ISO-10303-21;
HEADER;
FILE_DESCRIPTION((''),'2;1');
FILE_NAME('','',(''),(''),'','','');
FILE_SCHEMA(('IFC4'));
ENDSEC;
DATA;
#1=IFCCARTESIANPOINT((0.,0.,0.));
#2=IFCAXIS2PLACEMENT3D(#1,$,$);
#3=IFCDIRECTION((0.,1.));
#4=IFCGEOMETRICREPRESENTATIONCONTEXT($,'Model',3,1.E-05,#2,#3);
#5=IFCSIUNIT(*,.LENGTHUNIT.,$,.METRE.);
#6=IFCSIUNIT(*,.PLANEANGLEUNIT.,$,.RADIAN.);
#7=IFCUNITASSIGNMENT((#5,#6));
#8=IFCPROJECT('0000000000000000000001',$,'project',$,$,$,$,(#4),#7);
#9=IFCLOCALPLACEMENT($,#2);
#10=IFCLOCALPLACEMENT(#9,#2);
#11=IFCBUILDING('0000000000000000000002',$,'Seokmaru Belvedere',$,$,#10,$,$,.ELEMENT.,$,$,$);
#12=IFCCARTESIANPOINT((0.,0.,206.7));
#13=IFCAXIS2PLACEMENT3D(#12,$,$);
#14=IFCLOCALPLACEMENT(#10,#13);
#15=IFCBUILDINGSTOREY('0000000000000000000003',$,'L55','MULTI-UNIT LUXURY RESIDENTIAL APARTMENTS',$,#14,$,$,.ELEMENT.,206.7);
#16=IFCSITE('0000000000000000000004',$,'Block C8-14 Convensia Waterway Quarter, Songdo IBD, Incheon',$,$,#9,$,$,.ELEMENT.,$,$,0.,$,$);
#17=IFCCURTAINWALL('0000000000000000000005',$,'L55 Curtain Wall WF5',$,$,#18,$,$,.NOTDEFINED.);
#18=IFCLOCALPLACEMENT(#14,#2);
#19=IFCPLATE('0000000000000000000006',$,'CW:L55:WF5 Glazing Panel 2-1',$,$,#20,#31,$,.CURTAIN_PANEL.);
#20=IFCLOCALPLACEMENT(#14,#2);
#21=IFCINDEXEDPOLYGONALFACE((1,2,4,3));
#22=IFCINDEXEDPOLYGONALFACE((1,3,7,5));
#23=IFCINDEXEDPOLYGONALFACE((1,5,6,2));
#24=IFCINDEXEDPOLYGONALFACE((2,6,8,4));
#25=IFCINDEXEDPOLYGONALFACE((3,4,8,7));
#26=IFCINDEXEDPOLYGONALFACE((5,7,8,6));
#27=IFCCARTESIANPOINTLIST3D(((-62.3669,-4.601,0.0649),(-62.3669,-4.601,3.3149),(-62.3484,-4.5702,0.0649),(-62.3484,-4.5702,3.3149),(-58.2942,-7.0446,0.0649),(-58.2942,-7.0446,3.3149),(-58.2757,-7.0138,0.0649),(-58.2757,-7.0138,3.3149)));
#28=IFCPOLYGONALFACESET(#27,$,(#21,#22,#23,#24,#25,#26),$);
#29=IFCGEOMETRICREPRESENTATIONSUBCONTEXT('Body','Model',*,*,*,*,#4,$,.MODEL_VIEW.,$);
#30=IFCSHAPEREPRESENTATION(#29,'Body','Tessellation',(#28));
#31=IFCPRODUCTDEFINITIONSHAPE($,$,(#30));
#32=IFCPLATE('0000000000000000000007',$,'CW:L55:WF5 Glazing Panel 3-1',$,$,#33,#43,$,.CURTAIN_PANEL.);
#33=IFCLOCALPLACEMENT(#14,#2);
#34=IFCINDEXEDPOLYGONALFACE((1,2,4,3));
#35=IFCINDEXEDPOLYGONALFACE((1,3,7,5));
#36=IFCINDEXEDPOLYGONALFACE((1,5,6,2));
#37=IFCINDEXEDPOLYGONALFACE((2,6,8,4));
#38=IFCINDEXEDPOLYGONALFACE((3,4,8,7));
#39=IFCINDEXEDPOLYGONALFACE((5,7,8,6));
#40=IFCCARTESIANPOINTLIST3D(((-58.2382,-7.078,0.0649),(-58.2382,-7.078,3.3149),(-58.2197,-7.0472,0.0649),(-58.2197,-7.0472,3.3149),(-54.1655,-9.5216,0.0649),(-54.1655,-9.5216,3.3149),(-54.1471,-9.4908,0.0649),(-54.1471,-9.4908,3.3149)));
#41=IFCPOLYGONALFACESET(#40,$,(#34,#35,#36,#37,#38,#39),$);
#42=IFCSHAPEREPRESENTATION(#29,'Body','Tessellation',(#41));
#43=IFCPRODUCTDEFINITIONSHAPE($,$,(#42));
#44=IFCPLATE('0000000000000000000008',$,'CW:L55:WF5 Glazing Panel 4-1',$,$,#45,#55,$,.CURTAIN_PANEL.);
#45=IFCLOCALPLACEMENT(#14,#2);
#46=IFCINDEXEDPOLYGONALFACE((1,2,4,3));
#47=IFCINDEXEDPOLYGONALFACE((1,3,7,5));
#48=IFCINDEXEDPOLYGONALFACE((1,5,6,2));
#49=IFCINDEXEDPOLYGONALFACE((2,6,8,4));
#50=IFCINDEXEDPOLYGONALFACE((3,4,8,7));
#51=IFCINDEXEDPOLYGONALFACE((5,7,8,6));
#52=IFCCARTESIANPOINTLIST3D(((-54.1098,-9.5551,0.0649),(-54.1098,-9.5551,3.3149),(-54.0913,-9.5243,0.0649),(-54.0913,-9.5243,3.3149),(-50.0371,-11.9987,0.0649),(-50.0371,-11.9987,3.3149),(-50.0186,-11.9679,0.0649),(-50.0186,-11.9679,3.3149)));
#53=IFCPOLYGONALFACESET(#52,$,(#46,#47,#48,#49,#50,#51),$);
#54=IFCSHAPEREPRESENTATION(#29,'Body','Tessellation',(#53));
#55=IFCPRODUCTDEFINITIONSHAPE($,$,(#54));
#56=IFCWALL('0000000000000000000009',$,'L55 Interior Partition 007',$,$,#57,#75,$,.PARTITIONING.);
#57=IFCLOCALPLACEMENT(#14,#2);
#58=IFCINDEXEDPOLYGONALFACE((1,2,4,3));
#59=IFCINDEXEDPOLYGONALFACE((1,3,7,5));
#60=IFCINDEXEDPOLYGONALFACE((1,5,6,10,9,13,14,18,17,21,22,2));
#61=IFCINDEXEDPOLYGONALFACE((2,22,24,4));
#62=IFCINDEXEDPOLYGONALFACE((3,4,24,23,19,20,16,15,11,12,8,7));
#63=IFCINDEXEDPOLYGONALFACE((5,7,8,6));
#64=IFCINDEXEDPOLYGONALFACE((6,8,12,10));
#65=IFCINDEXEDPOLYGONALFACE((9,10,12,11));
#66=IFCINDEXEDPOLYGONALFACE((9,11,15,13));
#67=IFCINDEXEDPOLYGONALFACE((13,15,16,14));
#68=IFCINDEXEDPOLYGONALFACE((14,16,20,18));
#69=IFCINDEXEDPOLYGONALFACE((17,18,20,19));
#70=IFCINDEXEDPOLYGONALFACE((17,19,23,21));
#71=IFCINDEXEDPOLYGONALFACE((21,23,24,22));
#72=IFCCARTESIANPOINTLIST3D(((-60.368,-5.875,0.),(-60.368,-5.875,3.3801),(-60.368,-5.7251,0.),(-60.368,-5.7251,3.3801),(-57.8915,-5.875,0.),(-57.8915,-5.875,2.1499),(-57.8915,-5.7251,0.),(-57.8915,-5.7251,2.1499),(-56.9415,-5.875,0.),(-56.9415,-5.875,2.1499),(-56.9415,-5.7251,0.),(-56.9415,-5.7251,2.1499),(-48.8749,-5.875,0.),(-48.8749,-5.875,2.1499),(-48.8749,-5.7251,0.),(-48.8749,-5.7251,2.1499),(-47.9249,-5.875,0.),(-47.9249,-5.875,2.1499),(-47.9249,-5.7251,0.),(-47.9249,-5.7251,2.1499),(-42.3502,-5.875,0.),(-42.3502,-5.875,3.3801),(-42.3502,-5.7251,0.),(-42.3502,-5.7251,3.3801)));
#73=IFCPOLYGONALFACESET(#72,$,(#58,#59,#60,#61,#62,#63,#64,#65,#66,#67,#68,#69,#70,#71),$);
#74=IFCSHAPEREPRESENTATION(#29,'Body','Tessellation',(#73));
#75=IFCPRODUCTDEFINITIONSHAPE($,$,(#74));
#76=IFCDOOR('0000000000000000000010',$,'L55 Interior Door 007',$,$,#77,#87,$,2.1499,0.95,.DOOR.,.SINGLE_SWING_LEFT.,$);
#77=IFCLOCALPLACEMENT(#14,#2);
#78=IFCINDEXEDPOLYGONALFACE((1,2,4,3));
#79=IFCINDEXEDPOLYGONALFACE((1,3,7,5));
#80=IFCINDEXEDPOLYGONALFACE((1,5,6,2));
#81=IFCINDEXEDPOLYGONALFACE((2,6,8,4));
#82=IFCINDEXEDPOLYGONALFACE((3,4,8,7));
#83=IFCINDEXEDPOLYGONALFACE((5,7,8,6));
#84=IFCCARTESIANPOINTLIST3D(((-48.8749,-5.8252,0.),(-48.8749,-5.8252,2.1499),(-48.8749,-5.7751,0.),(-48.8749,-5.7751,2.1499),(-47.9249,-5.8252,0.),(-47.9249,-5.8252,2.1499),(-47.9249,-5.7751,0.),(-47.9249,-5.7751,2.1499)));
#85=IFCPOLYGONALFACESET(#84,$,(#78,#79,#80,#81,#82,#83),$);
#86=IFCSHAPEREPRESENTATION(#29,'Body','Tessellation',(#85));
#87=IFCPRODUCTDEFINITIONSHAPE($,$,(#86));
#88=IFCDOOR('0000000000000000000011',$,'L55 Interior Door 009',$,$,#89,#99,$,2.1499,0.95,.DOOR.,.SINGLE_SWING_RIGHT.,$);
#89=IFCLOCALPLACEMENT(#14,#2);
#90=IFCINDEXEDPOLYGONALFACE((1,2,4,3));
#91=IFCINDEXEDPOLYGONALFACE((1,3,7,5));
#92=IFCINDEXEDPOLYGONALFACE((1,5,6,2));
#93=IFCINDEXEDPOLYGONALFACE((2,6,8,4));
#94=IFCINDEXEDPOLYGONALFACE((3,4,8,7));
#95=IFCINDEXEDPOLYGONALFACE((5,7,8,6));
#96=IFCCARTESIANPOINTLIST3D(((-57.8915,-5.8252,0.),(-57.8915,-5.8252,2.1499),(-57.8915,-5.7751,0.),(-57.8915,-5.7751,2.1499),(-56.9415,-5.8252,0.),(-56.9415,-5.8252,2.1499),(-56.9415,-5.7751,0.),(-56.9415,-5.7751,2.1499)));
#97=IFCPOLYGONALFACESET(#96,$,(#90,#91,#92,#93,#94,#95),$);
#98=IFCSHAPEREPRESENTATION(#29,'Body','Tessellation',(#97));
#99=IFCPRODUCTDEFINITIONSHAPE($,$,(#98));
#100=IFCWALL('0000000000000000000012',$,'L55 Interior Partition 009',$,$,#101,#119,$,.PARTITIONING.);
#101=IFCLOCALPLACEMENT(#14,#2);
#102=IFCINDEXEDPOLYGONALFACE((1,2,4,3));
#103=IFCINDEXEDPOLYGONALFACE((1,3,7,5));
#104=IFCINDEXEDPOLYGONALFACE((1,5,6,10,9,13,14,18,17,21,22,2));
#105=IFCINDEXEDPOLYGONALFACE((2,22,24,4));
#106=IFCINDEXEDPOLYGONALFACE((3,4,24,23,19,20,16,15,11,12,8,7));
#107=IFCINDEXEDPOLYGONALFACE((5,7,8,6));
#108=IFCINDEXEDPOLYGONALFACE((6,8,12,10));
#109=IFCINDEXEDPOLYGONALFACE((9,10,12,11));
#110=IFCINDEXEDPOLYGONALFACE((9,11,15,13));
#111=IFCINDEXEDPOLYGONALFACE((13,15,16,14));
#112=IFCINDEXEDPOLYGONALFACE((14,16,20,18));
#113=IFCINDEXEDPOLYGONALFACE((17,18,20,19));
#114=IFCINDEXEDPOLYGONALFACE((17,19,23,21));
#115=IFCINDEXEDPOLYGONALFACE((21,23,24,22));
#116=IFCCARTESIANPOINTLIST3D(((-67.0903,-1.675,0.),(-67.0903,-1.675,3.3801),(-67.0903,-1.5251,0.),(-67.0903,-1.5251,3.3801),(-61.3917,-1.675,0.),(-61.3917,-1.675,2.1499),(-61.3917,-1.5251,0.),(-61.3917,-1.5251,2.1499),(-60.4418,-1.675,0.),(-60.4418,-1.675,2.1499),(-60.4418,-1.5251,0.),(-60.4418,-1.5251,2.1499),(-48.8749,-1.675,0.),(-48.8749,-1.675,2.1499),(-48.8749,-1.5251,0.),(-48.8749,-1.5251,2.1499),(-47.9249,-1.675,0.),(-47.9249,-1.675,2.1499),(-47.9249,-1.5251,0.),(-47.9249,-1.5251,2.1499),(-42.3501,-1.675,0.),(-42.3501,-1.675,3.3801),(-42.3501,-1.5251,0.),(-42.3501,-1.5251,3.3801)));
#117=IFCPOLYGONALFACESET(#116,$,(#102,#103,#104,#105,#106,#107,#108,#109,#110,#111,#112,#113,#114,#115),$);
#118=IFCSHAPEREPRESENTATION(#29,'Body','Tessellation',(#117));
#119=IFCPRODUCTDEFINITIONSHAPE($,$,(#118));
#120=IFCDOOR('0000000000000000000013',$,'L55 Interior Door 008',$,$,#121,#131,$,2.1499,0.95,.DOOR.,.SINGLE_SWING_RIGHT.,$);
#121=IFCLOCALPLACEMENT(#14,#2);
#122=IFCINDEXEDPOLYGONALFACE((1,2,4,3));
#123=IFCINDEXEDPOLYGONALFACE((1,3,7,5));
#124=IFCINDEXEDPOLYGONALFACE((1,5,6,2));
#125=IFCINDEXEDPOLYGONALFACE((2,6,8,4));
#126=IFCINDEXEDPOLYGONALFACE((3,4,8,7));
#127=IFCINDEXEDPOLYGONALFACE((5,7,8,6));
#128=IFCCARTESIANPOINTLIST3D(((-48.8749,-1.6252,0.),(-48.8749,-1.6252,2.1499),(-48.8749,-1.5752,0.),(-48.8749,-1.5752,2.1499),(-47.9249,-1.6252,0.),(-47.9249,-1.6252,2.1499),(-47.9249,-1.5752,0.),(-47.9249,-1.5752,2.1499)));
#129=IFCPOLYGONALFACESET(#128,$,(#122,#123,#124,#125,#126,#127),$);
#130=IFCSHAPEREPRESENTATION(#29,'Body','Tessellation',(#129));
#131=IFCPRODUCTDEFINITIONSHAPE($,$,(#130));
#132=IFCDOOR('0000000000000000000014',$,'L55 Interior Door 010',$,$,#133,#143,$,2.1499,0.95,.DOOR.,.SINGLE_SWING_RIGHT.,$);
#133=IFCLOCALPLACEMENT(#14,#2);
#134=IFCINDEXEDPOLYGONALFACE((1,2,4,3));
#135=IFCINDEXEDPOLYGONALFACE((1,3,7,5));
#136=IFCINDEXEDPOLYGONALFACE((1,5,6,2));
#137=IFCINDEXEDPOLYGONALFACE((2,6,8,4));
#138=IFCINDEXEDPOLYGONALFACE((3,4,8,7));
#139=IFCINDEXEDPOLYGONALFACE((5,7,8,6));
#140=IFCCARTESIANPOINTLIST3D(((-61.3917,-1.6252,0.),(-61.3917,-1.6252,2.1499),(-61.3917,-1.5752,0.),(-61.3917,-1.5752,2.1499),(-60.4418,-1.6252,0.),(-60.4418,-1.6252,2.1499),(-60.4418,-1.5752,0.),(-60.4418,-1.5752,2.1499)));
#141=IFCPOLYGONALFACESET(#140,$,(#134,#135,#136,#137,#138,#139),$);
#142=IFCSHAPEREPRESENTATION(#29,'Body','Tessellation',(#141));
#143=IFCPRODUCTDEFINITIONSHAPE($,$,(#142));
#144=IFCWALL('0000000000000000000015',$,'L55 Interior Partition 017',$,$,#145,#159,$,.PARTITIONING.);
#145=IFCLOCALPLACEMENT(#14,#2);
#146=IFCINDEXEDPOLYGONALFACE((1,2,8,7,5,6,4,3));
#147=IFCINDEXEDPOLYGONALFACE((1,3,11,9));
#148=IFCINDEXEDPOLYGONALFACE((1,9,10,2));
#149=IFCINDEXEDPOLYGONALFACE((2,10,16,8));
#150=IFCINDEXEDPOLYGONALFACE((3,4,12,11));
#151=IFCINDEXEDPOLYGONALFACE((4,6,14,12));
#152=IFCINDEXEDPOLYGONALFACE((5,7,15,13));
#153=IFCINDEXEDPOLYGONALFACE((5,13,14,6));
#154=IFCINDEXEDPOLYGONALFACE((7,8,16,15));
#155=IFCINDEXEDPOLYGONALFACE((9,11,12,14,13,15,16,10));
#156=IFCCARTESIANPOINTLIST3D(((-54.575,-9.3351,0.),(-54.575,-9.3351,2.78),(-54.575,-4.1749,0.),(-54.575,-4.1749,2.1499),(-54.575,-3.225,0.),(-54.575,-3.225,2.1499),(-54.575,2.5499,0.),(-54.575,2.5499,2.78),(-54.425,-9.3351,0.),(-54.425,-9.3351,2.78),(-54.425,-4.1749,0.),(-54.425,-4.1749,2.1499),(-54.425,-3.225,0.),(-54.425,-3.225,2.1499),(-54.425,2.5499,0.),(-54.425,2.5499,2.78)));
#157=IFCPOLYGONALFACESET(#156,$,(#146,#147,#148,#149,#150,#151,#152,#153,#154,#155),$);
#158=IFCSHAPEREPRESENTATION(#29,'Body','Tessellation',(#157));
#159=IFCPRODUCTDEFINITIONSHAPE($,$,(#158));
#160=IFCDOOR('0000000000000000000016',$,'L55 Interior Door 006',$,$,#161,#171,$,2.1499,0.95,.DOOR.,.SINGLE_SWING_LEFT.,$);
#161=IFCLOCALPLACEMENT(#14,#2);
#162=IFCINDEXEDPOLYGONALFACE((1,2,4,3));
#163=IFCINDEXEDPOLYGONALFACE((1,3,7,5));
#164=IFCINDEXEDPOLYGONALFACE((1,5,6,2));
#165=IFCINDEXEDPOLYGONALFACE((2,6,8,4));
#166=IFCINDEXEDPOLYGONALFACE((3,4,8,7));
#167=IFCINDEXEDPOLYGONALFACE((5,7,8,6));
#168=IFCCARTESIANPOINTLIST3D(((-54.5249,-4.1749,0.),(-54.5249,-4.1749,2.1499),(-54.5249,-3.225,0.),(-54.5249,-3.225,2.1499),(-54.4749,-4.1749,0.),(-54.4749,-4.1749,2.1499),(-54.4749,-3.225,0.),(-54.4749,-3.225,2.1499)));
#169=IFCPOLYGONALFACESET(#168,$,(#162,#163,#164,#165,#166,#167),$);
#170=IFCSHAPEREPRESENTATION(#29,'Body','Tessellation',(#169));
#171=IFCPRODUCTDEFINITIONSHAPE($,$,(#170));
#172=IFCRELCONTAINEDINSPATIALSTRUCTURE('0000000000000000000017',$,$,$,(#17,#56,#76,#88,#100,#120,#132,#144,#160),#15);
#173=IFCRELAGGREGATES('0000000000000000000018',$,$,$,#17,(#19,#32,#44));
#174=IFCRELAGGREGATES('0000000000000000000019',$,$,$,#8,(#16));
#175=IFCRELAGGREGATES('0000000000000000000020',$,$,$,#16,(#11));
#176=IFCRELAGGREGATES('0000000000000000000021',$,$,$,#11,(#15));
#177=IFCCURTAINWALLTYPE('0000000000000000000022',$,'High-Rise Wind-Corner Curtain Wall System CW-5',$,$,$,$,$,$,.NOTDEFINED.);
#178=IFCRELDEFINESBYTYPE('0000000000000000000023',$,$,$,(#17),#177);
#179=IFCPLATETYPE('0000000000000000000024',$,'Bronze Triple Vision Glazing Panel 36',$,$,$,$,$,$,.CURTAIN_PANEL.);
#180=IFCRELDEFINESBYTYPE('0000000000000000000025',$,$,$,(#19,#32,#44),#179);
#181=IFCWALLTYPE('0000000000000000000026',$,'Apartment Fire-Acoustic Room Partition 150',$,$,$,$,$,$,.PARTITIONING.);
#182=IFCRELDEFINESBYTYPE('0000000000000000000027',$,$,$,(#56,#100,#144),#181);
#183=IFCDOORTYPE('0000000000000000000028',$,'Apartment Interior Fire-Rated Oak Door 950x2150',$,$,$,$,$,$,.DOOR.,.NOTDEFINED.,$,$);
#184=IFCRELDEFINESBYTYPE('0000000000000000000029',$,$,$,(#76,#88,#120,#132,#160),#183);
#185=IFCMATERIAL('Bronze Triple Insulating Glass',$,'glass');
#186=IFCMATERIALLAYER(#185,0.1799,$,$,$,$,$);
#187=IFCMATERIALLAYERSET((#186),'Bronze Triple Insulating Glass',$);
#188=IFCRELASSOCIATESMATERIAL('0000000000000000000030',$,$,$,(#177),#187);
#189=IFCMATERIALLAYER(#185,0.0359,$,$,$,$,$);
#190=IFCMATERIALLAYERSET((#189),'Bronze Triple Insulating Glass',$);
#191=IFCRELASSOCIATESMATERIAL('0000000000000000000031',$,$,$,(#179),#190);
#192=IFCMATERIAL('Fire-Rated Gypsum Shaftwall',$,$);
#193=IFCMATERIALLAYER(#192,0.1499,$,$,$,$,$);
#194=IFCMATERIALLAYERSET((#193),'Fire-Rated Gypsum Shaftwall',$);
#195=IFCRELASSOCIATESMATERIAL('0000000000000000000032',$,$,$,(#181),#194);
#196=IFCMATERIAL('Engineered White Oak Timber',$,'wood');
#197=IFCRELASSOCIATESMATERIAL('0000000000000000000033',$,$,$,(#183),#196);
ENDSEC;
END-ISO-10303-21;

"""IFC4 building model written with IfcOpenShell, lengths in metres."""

from ifc_helpers import new_model, si_unit, direction, frame, frame_2d, origin, origin_2d, place, context, subcontext, project, spatial, rectangle, extrude, source, transform, mapped, material, layer, layer_set, type_object, type_shapes, element, fill, aggregate, save


model = new_model("IFC4")

# Units and contexts
model_context = context("Model", 3, precision=1e-05, world=origin(), true_north=direction((0.0, 1.0)))
body_context = subcontext(model_context, "Body", "Model", "MODEL_VIEW")
ifc_project = project(units=[si_unit("LENGTHUNIT", "METRE"), si_unit("PLANEANGLEUNIT", "RADIAN")], contexts=[model_context])

# Site, building, storey
site_placement = place(None, origin())
site = spatial("IfcSite", under=ifc_project, at=site_placement, Name="Block C8-14 Convensia Waterway Quarter, Songdo IBD, Incheon", CompositionType="ELEMENT", RefElevation=0.0)
building_placement = place(site_placement, origin())
building = spatial("IfcBuilding", under=site, at=building_placement, Name="Seokmaru Belvedere", CompositionType="ELEMENT")
storey_placement = place(building_placement, frame((0.0, 0.0, 206.7)))
storey = spatial("IfcBuildingStorey", under=building, at=storey_placement, Name="L55", Description="MULTI-UNIT LUXURY RESIDENTIAL APARTMENTS", CompositionType="ELEMENT", Elevation=206.7)

# Curtain wall, plates
ifc_material_1 = material(Name="Bronze Triple Insulating Glass", Category="glass")
ifc_layer_1 = layer(ifc_material_1, 0.1799)
ifc_layer_set_1 = layer_set([ifc_layer_1], Name="Bronze Triple Insulating Glass")
curtain_wall_type = type_object("IfcCurtainWallType", Name="High-Rise Wind-Corner Curtain Wall System CW-5", PredefinedType="NOTDEFINED", material=ifc_layer_set_1)
curtain_wall_placement = place(storey_placement, origin())
curtain_wall = element("IfcCurtainWall", 1, at=curtain_wall_placement, inside=storey, type_object=curtain_wall_type, Name="L55 Curtain Wall WF5", PredefinedType="NOTDEFINED")
ifc_layer_2 = layer(ifc_material_1, 0.0359)
ifc_layer_set_2 = layer_set([ifc_layer_2], Name="Bronze Triple Insulating Glass")
plate_type = type_object("IfcPlateType", Name="Bronze Triple Vision Glazing Panel 36", PredefinedType="CURTAIN_PANEL", material=ifc_layer_set_2)
shared_shape_1 = source(origin(), body_context, "Body", "SweptSolid", [
    extrude(rectangle(XDim=4.7495, YDim=0.0359, at=origin_2d()), origin(), (0.0, 0.0, 1.0), 3.25),
])
plate_1_placement = place(storey_placement, frame((-60.3213, -5.8074, 0.0649), z_axis=(0.0, 0.0, 1.0), x_axis=(0.857493, -0.514495, 0.0)))
plate_1 = element("IfcPlate", 2, at=plate_1_placement, type_object=plate_type, Name="CW:L55:WF5 Glazing Panel 2-1", PredefinedType="CURTAIN_PANEL", context=body_context, shape_type="MappedRepresentation", body=[
    mapped(shared_shape_1, transform((0.0, 0.0, 0.0), scale=1.0)),
])
plate_2_placement = place(storey_placement, frame((-56.1926, -8.2844, 0.0649), z_axis=(0.0, 0.0, 1.0), x_axis=(0.857493, -0.514495, 0.0)))
plate_2 = element("IfcPlate", 3, at=plate_2_placement, type_object=plate_type, Name="CW:L55:WF5 Glazing Panel 3-1", PredefinedType="CURTAIN_PANEL", context=body_context, shape_type="MappedRepresentation", body=[
    mapped(shared_shape_1, transform((0.0, 0.0, 0.0), scale=1.0)),
])
plate_3_placement = place(storey_placement, frame((-52.0642, -10.7615, 0.0649), z_axis=(0.0, 0.0, 1.0), x_axis=(0.857493, -0.514495, 0.0)))
plate_3 = element("IfcPlate", 4, at=plate_3_placement, type_object=plate_type, Name="CW:L55:WF5 Glazing Panel 4-1", PredefinedType="CURTAIN_PANEL", context=body_context, shape_type="MappedRepresentation", body=[
    mapped(shared_shape_1, transform((0.0, 0.0, 0.0), scale=1.0)),
])
aggregate(curtain_wall, [plate_1, plate_2, plate_3])

# Walls, openings, doors
ifc_material_2 = material(Name="Fire-Rated Gypsum Shaftwall")
ifc_layer_3 = layer(ifc_material_2, 0.1499)
ifc_layer_set_3 = layer_set([ifc_layer_3], Name="Fire-Rated Gypsum Shaftwall")
wall_type_1 = type_object("IfcWallType", Name="Apartment Fire-Acoustic Room Partition 150", PredefinedType="PARTITIONING", material=ifc_layer_set_3)
wall_1_placement = place(storey_placement, frame((-60.3679, -5.8, 0.0), z_axis=(0.0, 0.0, 1.0), x_axis=(1.0, 0.0, 0.0)))
wall_1 = element("IfcWall", 5, at=wall_1_placement, inside=storey, type_object=wall_type_1, Name="L55 Interior Partition 007", PredefinedType="PARTITIONING", context=body_context, shape_type="SweptSolid", body=[
    extrude(rectangle(XDim=18.0178, YDim=0.1499, at=frame_2d((9.0088, 0.0))), origin(), (0.0, 0.0, 1.0), 3.3801),
])
opening_1_placement = place(wall_1_placement, frame((11.4929, 0.0, 0.0)))
opening_1 = element("IfcOpeningElement", 6, at=opening_1_placement, cuts=wall_1, PredefinedType="OPENING", context=body_context, shape_type="SweptSolid", body=[
    extrude(rectangle(XDim=0.95, YDim=2.1499, at=frame_2d((0.4751, 1.075))), frame((0.0, 0.085, 0.0), z_axis=(0.0, -1.0, 0.0), x_axis=(1.0, 0.0, 0.0)), (0.0, 0.0, 1.0), 0.1699),
])
opening_2_placement = place(wall_1_placement, frame((2.4763, 0.0, 0.0)))
opening_2 = element("IfcOpeningElement", 7, at=opening_2_placement, cuts=wall_1, PredefinedType="OPENING", context=body_context, shape_type="SweptSolid", body=[
    extrude(rectangle(XDim=0.95, YDim=2.1499, at=frame_2d((0.4751, 1.075))), frame((0.0, 0.085, 0.0), z_axis=(0.0, -1.0, 0.0), x_axis=(1.0, 0.0, 0.0)), (0.0, 0.0, 1.0), 0.1699),
])
ifc_material_3 = material(Name="Engineered White Oak Timber", Category="wood")
door_type = type_object("IfcDoorType", Name="Apartment Interior Fire-Rated Oak Door 950x2150", OperationType="NOTDEFINED", PredefinedType="DOOR", material=ifc_material_3)
shared_shape_2 = source(origin(), body_context, "Body", "SweptSolid", [
    extrude(rectangle(XDim=0.95, YDim=2.1499, at=frame_2d((0.4751, 1.075))), frame((0.0, 0.0249, 0.0), z_axis=(0.0, -1.0, 0.0), x_axis=(1.0, 0.0, 0.0)), (0.0, 0.0, 1.0), 0.05),
])
type_shapes(door_type, [shared_shape_2])
door_1_placement = place(opening_1_placement, origin())
door_1 = element("IfcDoor", 8, at=door_1_placement, inside=storey, type_object=door_type, Name="L55 Interior Door 007", OperationType="SINGLE_SWING_LEFT", OverallHeight=2.1499, OverallWidth=0.95, PredefinedType="DOOR", context=body_context, shape_type="MappedRepresentation", body=[
    mapped(shared_shape_2, transform((0.0, 0.0, 0.0), scale=1.0)),
])
fill(opening_1, door_1)
door_2_placement = place(opening_2_placement, origin())
door_2 = element("IfcDoor", 9, at=door_2_placement, inside=storey, type_object=door_type, Name="L55 Interior Door 009", OperationType="SINGLE_SWING_RIGHT", OverallHeight=2.1499, OverallWidth=0.95, PredefinedType="DOOR", context=body_context, shape_type="MappedRepresentation", body=[
    mapped(shared_shape_2, transform((0.0, 0.0, 0.0), scale=1.0)),
])
fill(opening_2, door_2)
wall_2_placement = place(storey_placement, frame((-67.0903, -1.6001, 0.0), z_axis=(0.0, 0.0, 1.0), x_axis=(1.0, 0.0, 0.0)))
wall_2 = element("IfcWall", 10, at=wall_2_placement, inside=storey, type_object=wall_type_1, Name="L55 Interior Partition 009", PredefinedType="PARTITIONING", context=body_context, shape_type="SweptSolid", body=[
    extrude(rectangle(XDim=24.7402, YDim=0.1499, at=frame_2d((12.3701, 0.0))), origin(), (0.0, 0.0, 1.0), 3.3801),
])
opening_3_placement = place(wall_2_placement, frame((18.2153, 0.0, 0.0)))
opening_3 = element("IfcOpeningElement", 11, at=opening_3_placement, cuts=wall_2, PredefinedType="OPENING", context=body_context, shape_type="SweptSolid", body=[
    extrude(rectangle(XDim=0.95, YDim=2.1499, at=frame_2d((0.4751, 1.075))), frame((0.0, 0.085, 0.0), z_axis=(0.0, -1.0, 0.0), x_axis=(1.0, 0.0, 0.0)), (0.0, 0.0, 1.0), 0.1699),
])
opening_4_placement = place(wall_2_placement, frame((5.6985, 0.0, 0.0)))
opening_4 = element("IfcOpeningElement", 12, at=opening_4_placement, cuts=wall_2, PredefinedType="OPENING", context=body_context, shape_type="SweptSolid", body=[
    extrude(rectangle(XDim=0.95, YDim=2.1499, at=frame_2d((0.4751, 1.075))), frame((0.0, 0.085, 0.0), z_axis=(0.0, -1.0, 0.0), x_axis=(1.0, 0.0, 0.0)), (0.0, 0.0, 1.0), 0.1699),
])
door_3_placement = place(opening_3_placement, origin())
door_3 = element("IfcDoor", 13, at=door_3_placement, inside=storey, type_object=door_type, Name="L55 Interior Door 008", OperationType="SINGLE_SWING_RIGHT", OverallHeight=2.1499, OverallWidth=0.95, PredefinedType="DOOR", context=body_context, shape_type="MappedRepresentation", body=[
    mapped(shared_shape_2, transform((0.0, 0.0, 0.0), scale=1.0)),
])
fill(opening_3, door_3)
door_4_placement = place(opening_4_placement, origin())
door_4 = element("IfcDoor", 14, at=door_4_placement, inside=storey, type_object=door_type, Name="L55 Interior Door 010", OperationType="SINGLE_SWING_RIGHT", OverallHeight=2.1499, OverallWidth=0.95, PredefinedType="DOOR", context=body_context, shape_type="MappedRepresentation", body=[
    mapped(shared_shape_2, transform((0.0, 0.0, 0.0), scale=1.0)),
])
fill(opening_4, door_4)

# Wall, opening, door
wall_3_placement = place(storey_placement, frame((-54.5, -9.335, 0.0), z_axis=(0.0, 0.0, 1.0), x_axis=(0.0, 1.0, 0.0)))
wall_3 = element("IfcWall", 15, at=wall_3_placement, inside=storey, type_object=wall_type_1, Name="L55 Interior Partition 017", PredefinedType="PARTITIONING", context=body_context, shape_type="SweptSolid", body=[
    extrude(rectangle(XDim=11.885, YDim=0.1499, at=frame_2d((5.9424, 0.0))), origin(), (0.0, 0.0, 1.0), 2.78),
])
opening_5_placement = place(wall_3_placement, frame((5.1599, 0.0, 0.0)))
opening_5 = element("IfcOpeningElement", 16, at=opening_5_placement, cuts=wall_3, PredefinedType="OPENING", context=body_context, shape_type="SweptSolid", body=[
    extrude(rectangle(XDim=0.95, YDim=2.1499, at=frame_2d((0.4751, 1.075))), frame((0.0, 0.085, 0.0), z_axis=(0.0, -1.0, 0.0), x_axis=(1.0, 0.0, 0.0)), (0.0, 0.0, 1.0), 0.1699),
])
door_5_placement = place(opening_5_placement, origin())
door_5 = element("IfcDoor", 17, at=door_5_placement, inside=storey, type_object=door_type, Name="L55 Interior Door 006", OperationType="SINGLE_SWING_LEFT", OverallHeight=2.1499, OverallWidth=0.95, PredefinedType="DOOR", context=body_context, shape_type="MappedRepresentation", body=[
    mapped(shared_shape_2, transform((0.0, 0.0, 0.0), scale=1.0)),
])
fill(opening_5, door_5)

save(model, "model.ifc")
